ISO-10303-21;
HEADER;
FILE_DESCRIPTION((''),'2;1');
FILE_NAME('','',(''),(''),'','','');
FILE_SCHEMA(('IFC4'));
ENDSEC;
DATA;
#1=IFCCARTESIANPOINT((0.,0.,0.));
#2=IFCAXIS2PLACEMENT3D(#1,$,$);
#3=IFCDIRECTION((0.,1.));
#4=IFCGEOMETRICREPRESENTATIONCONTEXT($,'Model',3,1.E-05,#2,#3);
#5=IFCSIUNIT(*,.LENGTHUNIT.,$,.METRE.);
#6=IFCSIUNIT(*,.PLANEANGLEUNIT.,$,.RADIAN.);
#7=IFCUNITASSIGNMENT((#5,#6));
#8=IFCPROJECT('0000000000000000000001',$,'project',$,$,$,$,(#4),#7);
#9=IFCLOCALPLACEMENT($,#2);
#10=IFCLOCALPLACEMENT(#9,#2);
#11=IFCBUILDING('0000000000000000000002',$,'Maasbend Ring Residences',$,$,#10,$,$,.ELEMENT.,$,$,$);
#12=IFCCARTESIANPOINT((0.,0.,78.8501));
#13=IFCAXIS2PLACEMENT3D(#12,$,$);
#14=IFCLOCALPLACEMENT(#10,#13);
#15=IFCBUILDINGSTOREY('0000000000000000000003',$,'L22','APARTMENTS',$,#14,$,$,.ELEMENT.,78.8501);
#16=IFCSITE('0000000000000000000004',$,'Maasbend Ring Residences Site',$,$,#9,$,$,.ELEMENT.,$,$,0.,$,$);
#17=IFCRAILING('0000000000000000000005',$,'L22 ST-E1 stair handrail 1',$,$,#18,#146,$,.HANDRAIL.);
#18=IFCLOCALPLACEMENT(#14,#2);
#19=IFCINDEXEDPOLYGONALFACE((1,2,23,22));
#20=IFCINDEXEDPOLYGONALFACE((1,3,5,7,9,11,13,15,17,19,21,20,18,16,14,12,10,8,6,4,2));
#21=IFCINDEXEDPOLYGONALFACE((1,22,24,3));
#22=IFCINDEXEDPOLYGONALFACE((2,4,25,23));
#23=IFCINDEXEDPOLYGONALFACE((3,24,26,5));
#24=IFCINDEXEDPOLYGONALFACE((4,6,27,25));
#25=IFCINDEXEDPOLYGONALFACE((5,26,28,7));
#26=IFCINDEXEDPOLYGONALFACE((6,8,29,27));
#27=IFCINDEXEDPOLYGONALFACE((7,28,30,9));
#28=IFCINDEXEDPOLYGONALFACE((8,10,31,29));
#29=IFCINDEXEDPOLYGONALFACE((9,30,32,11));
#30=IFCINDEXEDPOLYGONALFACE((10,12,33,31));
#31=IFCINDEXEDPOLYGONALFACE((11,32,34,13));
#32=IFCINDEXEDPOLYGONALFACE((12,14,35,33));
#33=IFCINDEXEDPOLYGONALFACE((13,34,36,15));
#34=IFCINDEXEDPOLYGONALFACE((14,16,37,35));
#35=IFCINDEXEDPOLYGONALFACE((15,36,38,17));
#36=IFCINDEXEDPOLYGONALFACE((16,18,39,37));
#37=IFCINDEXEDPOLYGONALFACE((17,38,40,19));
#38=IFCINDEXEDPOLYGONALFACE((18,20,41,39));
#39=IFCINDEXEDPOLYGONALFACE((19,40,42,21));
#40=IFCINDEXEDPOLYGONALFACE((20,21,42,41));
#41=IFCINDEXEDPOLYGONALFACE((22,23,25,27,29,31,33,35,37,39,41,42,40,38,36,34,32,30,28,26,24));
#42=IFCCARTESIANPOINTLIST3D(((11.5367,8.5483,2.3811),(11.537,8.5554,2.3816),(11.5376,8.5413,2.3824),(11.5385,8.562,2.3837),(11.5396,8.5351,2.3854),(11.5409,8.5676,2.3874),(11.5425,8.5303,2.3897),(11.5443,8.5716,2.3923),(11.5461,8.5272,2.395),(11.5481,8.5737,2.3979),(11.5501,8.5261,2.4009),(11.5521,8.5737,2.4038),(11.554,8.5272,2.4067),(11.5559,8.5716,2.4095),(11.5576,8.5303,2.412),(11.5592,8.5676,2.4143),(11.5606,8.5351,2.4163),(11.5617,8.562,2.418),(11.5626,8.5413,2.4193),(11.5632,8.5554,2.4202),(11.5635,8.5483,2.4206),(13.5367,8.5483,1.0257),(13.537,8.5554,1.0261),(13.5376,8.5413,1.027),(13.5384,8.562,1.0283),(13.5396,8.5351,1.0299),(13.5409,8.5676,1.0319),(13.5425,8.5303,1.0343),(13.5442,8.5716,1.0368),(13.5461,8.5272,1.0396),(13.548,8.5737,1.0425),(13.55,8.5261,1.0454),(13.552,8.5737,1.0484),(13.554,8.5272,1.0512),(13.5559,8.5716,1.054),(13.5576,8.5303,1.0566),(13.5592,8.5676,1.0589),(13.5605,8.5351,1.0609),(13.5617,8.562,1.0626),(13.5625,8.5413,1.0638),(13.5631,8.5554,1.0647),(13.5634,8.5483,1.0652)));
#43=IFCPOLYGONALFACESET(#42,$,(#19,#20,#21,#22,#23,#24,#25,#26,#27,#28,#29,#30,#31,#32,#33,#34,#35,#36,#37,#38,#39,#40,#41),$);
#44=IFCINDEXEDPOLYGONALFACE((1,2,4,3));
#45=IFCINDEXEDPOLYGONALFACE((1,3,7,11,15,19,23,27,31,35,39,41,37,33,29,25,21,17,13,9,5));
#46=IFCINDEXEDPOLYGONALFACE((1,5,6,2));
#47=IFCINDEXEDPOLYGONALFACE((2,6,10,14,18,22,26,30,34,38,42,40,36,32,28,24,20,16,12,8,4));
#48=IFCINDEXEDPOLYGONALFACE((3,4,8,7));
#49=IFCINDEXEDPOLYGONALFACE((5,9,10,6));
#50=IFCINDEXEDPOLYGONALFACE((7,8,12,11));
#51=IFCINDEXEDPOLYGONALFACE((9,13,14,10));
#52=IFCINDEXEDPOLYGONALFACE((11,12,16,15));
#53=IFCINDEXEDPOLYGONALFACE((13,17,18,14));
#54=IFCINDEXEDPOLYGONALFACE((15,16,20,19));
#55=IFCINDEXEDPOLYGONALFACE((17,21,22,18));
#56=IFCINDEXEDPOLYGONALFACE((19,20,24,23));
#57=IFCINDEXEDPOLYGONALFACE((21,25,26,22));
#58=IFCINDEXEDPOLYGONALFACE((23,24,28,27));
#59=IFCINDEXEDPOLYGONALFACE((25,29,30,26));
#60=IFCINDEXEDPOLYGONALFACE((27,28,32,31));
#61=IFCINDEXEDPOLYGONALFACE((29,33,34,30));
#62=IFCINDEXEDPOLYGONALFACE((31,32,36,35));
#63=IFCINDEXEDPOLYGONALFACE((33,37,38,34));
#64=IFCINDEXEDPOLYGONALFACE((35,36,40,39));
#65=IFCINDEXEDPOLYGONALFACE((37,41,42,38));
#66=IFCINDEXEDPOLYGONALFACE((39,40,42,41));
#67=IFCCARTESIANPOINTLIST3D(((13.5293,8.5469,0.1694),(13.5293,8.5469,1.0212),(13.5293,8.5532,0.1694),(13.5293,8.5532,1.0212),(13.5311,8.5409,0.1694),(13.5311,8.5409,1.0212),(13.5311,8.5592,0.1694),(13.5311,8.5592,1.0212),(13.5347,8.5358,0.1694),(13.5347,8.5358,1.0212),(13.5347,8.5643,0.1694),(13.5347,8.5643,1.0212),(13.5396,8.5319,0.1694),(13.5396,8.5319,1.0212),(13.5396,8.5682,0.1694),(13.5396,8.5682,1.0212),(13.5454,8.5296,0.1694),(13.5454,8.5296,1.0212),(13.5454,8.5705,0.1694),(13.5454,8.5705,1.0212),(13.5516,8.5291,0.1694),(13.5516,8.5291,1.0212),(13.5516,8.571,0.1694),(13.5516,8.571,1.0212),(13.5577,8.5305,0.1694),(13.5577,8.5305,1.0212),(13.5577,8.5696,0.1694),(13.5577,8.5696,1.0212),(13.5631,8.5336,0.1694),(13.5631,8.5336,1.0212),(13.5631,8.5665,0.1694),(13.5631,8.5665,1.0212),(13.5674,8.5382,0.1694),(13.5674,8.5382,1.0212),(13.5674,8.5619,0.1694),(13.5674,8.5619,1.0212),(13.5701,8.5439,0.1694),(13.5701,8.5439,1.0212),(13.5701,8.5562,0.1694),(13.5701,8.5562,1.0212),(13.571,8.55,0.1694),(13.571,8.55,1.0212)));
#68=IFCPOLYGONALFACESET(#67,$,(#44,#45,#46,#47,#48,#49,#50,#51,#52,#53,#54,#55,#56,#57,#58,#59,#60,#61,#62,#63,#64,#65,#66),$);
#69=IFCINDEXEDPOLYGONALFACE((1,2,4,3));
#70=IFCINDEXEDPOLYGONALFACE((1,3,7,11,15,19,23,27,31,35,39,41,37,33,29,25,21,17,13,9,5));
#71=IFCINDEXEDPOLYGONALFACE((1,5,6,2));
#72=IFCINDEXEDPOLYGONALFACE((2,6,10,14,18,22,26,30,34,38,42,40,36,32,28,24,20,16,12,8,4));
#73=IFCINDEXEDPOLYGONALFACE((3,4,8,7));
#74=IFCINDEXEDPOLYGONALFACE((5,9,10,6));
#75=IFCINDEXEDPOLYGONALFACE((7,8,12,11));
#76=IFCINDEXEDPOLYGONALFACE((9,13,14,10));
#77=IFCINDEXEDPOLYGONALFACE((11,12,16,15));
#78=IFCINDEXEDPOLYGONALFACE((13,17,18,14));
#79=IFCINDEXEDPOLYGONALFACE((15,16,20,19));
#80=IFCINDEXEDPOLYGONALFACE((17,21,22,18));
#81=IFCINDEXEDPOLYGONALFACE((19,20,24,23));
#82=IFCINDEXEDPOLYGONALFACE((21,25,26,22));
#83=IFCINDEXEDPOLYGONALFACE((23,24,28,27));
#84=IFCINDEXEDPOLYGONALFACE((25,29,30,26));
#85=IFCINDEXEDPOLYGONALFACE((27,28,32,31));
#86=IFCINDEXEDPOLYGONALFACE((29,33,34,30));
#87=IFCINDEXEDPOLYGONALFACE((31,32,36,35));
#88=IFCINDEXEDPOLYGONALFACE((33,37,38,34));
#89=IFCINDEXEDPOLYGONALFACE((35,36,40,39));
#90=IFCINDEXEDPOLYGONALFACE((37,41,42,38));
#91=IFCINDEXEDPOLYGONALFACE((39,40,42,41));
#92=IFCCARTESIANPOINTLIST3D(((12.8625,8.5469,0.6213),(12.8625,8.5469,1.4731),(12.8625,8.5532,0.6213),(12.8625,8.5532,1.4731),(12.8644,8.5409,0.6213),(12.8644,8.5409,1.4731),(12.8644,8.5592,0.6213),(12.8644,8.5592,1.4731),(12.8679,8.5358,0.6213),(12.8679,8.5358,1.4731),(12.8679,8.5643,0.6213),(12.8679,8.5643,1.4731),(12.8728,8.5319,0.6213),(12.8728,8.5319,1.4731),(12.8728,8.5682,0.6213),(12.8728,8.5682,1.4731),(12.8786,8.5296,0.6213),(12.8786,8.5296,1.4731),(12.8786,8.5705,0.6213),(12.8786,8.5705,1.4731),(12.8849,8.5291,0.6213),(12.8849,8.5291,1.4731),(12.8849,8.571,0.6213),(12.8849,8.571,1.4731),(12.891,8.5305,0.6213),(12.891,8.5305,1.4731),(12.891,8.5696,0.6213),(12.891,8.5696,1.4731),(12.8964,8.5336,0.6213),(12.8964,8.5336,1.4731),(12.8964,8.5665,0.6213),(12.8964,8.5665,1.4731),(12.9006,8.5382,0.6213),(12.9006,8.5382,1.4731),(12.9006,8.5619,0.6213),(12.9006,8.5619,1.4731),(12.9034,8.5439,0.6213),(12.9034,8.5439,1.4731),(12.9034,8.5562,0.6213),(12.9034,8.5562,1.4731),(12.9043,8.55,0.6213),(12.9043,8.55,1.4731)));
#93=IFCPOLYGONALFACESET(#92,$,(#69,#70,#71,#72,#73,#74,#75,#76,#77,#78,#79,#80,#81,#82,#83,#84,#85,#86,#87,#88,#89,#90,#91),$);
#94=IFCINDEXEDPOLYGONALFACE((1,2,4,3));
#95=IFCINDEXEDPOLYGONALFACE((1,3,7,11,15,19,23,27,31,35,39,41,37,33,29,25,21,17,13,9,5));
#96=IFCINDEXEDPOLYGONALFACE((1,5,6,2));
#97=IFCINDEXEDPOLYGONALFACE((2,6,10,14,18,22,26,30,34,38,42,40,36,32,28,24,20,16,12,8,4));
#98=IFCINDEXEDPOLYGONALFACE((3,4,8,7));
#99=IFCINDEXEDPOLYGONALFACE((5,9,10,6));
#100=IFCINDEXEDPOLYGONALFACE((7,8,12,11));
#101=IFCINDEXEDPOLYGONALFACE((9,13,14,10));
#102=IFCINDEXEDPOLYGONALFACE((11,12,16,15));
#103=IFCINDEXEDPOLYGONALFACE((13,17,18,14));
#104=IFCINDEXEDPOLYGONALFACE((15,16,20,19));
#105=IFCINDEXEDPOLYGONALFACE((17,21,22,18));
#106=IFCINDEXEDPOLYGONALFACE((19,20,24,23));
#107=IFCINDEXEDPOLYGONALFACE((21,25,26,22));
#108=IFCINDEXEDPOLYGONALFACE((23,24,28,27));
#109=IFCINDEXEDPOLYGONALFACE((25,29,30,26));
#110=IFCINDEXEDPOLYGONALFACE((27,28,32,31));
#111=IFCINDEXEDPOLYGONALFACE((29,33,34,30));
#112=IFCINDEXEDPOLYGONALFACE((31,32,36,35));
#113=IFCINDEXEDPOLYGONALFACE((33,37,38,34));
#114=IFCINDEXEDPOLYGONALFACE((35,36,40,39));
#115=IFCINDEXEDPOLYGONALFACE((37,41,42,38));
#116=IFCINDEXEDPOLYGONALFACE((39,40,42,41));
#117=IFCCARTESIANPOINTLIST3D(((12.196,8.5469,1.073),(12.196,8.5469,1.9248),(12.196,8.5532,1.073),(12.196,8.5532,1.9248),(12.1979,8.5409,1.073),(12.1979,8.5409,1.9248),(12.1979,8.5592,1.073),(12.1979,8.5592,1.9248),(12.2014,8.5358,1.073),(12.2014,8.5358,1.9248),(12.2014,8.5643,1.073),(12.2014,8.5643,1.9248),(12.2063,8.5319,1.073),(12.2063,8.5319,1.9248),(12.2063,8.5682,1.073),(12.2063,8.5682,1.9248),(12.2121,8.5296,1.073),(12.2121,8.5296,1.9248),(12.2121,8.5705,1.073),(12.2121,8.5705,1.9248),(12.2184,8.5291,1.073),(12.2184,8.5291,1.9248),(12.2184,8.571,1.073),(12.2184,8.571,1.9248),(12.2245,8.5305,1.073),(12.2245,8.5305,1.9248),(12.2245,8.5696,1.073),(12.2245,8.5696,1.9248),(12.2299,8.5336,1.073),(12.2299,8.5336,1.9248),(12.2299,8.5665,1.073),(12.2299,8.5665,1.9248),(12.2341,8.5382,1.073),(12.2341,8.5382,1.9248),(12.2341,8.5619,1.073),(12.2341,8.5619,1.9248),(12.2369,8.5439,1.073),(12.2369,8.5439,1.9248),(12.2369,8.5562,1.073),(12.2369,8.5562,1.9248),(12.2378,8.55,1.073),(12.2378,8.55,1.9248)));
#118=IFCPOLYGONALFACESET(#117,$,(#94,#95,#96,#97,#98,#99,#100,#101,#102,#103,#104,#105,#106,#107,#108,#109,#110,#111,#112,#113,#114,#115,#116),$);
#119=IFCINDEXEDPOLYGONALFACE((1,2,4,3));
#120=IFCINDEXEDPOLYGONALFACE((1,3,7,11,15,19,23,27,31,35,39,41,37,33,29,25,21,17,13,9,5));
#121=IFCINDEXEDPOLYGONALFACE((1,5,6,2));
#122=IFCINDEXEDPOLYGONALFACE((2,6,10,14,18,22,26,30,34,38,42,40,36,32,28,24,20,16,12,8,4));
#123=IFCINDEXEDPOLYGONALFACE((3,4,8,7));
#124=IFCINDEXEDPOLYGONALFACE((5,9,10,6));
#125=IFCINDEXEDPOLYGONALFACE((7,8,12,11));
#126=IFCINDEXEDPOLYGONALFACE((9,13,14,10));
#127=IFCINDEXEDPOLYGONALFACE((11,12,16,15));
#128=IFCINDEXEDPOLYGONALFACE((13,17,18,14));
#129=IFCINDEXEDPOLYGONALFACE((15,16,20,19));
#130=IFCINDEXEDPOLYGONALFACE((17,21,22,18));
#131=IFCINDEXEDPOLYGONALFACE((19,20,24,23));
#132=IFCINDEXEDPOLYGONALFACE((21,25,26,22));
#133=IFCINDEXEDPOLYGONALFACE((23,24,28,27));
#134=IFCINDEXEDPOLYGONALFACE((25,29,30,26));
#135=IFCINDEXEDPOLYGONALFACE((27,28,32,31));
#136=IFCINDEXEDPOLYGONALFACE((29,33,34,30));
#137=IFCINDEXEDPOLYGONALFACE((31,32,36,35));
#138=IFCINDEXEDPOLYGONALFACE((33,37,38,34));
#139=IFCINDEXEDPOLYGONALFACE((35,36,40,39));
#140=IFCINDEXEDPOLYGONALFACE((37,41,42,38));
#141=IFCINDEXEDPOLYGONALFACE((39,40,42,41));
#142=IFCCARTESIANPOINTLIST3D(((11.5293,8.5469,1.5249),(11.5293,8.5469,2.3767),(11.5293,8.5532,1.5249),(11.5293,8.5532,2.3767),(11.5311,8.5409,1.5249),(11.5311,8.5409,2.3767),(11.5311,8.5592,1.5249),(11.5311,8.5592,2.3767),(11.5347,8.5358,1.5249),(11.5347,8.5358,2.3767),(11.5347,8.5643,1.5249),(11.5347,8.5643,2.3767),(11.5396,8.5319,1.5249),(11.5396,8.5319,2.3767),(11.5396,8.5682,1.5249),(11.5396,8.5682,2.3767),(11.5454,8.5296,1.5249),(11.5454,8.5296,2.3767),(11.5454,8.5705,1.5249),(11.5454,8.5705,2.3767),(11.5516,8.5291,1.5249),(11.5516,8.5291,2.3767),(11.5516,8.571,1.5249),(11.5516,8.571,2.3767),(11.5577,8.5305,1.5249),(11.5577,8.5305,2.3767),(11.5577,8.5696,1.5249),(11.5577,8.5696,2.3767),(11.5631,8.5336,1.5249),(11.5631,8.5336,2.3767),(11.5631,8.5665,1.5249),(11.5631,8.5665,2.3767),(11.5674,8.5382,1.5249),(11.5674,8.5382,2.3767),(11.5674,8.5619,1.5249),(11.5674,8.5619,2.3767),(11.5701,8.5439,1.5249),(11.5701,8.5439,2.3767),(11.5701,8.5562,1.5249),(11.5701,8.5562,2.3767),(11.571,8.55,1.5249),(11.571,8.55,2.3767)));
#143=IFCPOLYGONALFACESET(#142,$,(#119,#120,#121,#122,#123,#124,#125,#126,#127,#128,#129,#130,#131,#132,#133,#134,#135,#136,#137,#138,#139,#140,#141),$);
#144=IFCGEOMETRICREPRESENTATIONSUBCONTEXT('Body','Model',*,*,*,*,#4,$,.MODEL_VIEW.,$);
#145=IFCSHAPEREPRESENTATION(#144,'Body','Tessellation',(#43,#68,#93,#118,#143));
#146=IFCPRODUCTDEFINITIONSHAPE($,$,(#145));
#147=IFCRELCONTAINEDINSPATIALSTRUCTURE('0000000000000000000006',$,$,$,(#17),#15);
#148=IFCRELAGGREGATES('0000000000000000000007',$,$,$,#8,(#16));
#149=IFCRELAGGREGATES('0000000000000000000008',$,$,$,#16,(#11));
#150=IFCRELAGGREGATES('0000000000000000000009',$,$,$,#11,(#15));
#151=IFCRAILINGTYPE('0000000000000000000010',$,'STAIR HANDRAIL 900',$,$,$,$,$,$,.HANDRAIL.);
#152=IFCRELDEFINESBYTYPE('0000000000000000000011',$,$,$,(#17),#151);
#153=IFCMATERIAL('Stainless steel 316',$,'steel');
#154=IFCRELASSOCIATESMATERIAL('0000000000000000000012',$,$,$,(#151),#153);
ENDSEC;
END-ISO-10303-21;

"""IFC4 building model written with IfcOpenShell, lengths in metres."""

from ifc_helpers import new_model, si_unit, direction, frame, origin, origin_2d, place, context, subcontext, project, spatial, circle, extrude, material, type_object, element, save


model = new_model("IFC4")

# Units and contexts
model_context = context("Model", 3, precision=1e-05, world=origin(), true_north=direction((0.0, 1.0)))
body_context = subcontext(model_context, "Body", "Model", "MODEL_VIEW")
ifc_project = project(units=[si_unit("LENGTHUNIT", "METRE"), si_unit("PLANEANGLEUNIT", "RADIAN")], contexts=[model_context])

# Site, building, storey
site_placement = place(None, origin())
site = spatial("IfcSite", under=ifc_project, at=site_placement, Name="Maasbend Ring Residences Site", CompositionType="ELEMENT", RefElevation=0.0)
building_placement = place(site_placement, origin())
building = spatial("IfcBuilding", under=site, at=building_placement, Name="Maasbend Ring Residences", CompositionType="ELEMENT")
storey_placement = place(building_placement, frame((0.0, 0.0, 78.8501)))
storey = spatial("IfcBuildingStorey", under=building, at=storey_placement, Name="L22", Description="APARTMENTS", CompositionType="ELEMENT", Elevation=78.8501)

# Railing
ifc_material_1 = material(Name="Stainless steel 316", Category="steel")
railing_type_1 = type_object("IfcRailingType", Name="STAIR HANDRAIL 900", PredefinedType="HANDRAIL", material=ifc_material_1)
railing_1_placement = place(storey_placement, frame((13.55, 8.55, 0.1694)))
element("IfcRailing", 1, at=railing_1_placement, inside=storey, type_object=railing_type_1, Name="L22 ST-E1 stair handrail 1", PredefinedType="HANDRAIL", context=body_context, shape_type="SweptSolid", body=[
    extrude(circle(Radius=0.0239, at=origin_2d()), frame((0.0, 0.0, 0.876), z_axis=(-0.827798, 0.0, 0.561027), x_axis=(0.0, -1.0, 0.0)), (0.0, 0.0, 1.0), 2.416),
    extrude(circle(Radius=0.021, at=origin_2d()), origin(), (0.0, 0.0, 1.0), 0.8518),
    extrude(circle(Radius=0.021, at=origin_2d()), frame((-0.6667, 0.0, 0.4519)), (0.0, 0.0, 1.0), 0.8518),
    extrude(circle(Radius=0.021, at=origin_2d()), frame((-1.3333, 0.0, 0.9036)), (0.0, 0.0, 1.0), 0.8518),
    extrude(circle(Radius=0.021, at=origin_2d()), frame((-2.0, 0.0, 1.3555)), (0.0, 0.0, 1.0), 0.8518),
])

save(model, "model.ifc")
